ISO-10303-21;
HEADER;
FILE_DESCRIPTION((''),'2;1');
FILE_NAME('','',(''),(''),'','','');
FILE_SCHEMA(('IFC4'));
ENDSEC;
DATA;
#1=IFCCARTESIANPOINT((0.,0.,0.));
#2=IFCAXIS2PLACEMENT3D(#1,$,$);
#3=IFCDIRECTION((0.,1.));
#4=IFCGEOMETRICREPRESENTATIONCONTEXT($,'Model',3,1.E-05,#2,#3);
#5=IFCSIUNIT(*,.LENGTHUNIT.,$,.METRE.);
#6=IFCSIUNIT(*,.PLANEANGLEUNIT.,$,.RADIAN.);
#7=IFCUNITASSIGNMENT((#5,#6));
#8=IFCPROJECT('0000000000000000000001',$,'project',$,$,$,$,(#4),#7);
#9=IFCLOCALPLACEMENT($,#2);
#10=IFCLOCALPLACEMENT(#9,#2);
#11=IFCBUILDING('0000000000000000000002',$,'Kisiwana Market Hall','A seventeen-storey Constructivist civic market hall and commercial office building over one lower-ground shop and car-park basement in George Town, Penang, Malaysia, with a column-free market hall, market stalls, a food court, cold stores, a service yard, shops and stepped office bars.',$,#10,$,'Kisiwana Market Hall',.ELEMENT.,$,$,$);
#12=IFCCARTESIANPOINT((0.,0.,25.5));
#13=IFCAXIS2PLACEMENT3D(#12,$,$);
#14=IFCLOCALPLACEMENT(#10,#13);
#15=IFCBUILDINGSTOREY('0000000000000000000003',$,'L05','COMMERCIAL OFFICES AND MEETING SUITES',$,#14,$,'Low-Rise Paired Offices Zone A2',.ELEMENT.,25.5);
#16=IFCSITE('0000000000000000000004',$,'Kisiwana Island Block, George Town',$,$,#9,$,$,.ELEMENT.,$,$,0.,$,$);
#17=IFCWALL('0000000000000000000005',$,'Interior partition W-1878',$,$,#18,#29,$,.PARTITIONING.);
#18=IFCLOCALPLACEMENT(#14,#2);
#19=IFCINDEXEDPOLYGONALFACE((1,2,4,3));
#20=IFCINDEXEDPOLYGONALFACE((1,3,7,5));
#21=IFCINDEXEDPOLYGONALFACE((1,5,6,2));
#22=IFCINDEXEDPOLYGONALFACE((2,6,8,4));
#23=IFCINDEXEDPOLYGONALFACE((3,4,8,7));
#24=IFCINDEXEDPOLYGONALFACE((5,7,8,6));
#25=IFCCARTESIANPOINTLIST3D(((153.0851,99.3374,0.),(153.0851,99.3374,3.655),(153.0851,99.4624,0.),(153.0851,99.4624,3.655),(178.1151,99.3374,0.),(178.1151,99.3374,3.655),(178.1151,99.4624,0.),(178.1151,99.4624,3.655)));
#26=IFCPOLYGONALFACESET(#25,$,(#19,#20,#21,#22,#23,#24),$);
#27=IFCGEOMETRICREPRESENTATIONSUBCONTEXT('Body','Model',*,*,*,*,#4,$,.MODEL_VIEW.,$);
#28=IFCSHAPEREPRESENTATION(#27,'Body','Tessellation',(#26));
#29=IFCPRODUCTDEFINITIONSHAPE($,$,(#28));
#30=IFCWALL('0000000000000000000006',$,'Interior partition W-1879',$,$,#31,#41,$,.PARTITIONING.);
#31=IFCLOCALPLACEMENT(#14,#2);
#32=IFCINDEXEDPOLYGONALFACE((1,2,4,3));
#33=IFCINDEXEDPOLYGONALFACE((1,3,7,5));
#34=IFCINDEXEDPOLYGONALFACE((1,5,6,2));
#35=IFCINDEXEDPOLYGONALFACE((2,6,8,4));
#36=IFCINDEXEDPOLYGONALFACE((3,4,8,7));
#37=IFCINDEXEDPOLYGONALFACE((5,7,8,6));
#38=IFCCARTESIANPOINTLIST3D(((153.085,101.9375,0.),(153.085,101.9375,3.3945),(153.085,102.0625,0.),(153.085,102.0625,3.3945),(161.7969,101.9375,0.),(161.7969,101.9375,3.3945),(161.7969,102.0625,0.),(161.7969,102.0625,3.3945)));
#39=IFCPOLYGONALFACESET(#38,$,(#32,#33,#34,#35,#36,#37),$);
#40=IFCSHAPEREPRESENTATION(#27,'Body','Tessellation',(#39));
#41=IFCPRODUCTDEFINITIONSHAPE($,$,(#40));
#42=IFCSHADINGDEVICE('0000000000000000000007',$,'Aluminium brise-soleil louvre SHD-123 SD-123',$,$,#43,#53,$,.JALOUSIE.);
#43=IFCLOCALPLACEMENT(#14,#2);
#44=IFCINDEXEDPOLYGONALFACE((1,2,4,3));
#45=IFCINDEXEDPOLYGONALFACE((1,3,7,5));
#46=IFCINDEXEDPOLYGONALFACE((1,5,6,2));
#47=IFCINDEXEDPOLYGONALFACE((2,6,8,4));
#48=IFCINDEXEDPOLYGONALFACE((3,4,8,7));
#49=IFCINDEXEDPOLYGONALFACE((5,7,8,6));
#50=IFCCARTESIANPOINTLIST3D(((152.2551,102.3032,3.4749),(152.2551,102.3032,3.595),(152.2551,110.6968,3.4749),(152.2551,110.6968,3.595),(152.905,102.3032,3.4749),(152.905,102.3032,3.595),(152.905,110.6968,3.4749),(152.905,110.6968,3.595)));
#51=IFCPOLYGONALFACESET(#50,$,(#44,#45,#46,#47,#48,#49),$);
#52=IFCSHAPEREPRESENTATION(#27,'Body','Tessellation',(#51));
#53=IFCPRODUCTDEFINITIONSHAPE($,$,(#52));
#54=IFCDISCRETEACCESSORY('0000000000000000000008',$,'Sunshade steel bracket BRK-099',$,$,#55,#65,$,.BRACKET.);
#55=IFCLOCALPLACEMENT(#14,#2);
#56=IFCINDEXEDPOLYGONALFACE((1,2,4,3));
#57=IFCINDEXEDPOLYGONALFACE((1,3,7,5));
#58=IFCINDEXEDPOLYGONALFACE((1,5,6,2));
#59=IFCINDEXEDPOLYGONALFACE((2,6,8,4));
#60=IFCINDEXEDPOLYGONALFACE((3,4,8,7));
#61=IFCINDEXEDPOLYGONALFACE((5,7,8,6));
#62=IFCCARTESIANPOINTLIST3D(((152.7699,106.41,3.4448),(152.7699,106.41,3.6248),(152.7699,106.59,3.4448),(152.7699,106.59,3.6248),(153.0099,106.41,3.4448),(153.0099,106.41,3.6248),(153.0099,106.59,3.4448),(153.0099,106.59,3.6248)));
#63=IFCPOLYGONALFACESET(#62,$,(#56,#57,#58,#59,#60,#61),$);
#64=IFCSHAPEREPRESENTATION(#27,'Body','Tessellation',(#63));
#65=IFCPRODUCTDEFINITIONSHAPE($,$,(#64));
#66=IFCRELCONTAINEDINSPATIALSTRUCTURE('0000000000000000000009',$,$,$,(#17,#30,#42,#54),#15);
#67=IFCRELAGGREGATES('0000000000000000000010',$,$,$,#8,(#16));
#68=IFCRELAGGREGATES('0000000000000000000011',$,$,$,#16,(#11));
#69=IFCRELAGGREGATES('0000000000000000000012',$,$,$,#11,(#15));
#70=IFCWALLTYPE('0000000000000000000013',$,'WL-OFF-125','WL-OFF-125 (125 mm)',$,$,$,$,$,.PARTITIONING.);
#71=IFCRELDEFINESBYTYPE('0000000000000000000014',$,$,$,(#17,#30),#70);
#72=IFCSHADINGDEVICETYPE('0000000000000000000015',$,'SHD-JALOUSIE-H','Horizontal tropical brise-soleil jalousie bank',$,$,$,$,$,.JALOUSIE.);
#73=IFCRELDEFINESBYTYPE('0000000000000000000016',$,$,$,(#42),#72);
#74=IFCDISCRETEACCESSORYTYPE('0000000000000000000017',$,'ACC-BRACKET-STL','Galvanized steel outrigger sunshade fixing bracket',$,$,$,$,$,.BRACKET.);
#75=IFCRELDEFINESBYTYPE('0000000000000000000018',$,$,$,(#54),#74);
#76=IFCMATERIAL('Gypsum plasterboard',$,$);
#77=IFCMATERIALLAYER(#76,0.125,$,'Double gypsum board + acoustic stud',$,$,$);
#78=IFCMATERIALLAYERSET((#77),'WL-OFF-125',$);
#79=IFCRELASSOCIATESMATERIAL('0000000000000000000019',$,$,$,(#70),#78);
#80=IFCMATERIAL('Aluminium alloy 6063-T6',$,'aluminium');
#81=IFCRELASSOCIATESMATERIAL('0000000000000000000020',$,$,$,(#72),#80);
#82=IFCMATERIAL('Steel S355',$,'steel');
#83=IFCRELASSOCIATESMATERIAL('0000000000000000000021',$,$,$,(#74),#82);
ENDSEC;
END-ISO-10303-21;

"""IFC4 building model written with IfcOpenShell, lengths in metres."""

from ifc_helpers import new_model, si_unit, direction, frame, frame_2d, origin, origin_2d, place, context, subcontext, project, spatial, rectangle, extrude, material, layer, layer_set, type_object, element, save


model = new_model("IFC4")

# Units and contexts
model_context = context("Model", 3, precision=1e-05, world=origin(), true_north=direction((0.0, 1.0)))
body_context = subcontext(model_context, "Body", "Model", "MODEL_VIEW")
ifc_project = project(units=[si_unit("LENGTHUNIT", "METRE"), si_unit("PLANEANGLEUNIT", "RADIAN")], contexts=[model_context])

# Site, building, storey
site_placement = place(None, origin())
site = spatial("IfcSite", under=ifc_project, at=site_placement, Name="Kisiwana Island Block, George Town", CompositionType="ELEMENT", RefElevation=0.0)
building_placement = place(site_placement, origin())
building = spatial("IfcBuilding", under=site, at=building_placement, Name="Kisiwana Market Hall", Description="A seventeen-storey Constructivist civic market hall and commercial office building over one lower-ground shop and car-park basement in George Town, Penang, Malaysia, with a column-free market hall, market stalls, a food court, cold stores, a service yard, shops and stepped office bars.", LongName="Kisiwana Market Hall", CompositionType="ELEMENT")
storey_placement = place(building_placement, frame((0.0, 0.0, 25.5)))
storey = spatial("IfcBuildingStorey", under=building, at=storey_placement, Name="L05", Description="COMMERCIAL OFFICES AND MEETING SUITES", LongName="Low-Rise Paired Offices Zone A2", CompositionType="ELEMENT", Elevation=25.5)

# Walls
ifc_material_1 = material(Name="Gypsum plasterboard")
ifc_layer_1 = layer(ifc_material_1, 0.125, Name="Double gypsum board + acoustic stud")
ifc_layer_set_1 = layer_set([ifc_layer_1], Name="WL-OFF-125")
wall_type_1 = type_object("IfcWallType", Name="WL-OFF-125", Description="WL-OFF-125 (125 mm)", PredefinedType="PARTITIONING", material=ifc_layer_set_1)
wall_1_placement = place(storey_placement, frame((153.085, 99.3999, 0.0), z_axis=(0.0, 0.0, 1.0), x_axis=(1.0, 0.0, 0.0)))
element("IfcWall", 1, at=wall_1_placement, inside=storey, type_object=wall_type_1, Name="Interior partition W-1878", PredefinedType="PARTITIONING", context=body_context, shape_type="SweptSolid", body=[
    extrude(rectangle(XDim=25.03, YDim=0.125, at=frame_2d((12.5151, 0.0))), origin(), (0.0, 0.0, 1.0), 3.655),
])
wall_2_placement = place(storey_placement, frame((153.085, 102.0, 0.0), z_axis=(0.0, 0.0, 1.0), x_axis=(1.0, 0.0, 0.0)))
element("IfcWall", 2, at=wall_2_placement, inside=storey, type_object=wall_type_1, Name="Interior partition W-1879", PredefinedType="PARTITIONING", context=body_context, shape_type="SweptSolid", body=[
    extrude(rectangle(XDim=8.7119, YDim=0.125, at=frame_2d((4.356, 0.0))), origin(), (0.0, 0.0, 1.0), 3.3945),
])

# Shading device
ifc_material_2 = material(Name="Aluminium alloy 6063-T6", Category="aluminium")
shading_device_type = type_object("IfcShadingDeviceType", Name="SHD-JALOUSIE-H", Description="Horizontal tropical brise-soleil jalousie bank", PredefinedType="JALOUSIE", material=ifc_material_2)
shading_device_placement = place(storey_placement, frame((152.5801, 106.5, 3.4749), z_axis=(0.0, 0.0, 1.0), x_axis=(0.0, 1.0, 0.0)))
element("IfcShadingDevice", 3, at=shading_device_placement, inside=storey, type_object=shading_device_type, Name="Aluminium brise-soleil louvre SHD-123 SD-123", PredefinedType="JALOUSIE", context=body_context, shape_type="SweptSolid", body=[
    extrude(rectangle(XDim=8.3936, YDim=0.6499, at=origin_2d()), origin(), (0.0, 0.0, 1.0), 0.1201),
])

# Discrete accessory
ifc_material_3 = material(Name="Steel S355", Category="steel")
discrete_accessory_type = type_object("IfcDiscreteAccessoryType", Name="ACC-BRACKET-STL", Description="Galvanized steel outrigger sunshade fixing bracket", PredefinedType="BRACKET", material=ifc_material_3)
discrete_accessory_placement = place(storey_placement, frame((152.8899, 106.5, 3.4448), z_axis=(0.0, 0.0, 1.0), x_axis=(0.0, 1.0, 0.0)))
element("IfcDiscreteAccessory", 4, at=discrete_accessory_placement, inside=storey, type_object=discrete_accessory_type, Name="Sunshade steel bracket BRK-099", PredefinedType="BRACKET", context=body_context, shape_type="SweptSolid", body=[
    extrude(rectangle(XDim=0.1799, YDim=0.24, at=origin_2d()), origin(), (0.0, 0.0, 1.0), 0.1799),
])

save(model, "model.ifc")
